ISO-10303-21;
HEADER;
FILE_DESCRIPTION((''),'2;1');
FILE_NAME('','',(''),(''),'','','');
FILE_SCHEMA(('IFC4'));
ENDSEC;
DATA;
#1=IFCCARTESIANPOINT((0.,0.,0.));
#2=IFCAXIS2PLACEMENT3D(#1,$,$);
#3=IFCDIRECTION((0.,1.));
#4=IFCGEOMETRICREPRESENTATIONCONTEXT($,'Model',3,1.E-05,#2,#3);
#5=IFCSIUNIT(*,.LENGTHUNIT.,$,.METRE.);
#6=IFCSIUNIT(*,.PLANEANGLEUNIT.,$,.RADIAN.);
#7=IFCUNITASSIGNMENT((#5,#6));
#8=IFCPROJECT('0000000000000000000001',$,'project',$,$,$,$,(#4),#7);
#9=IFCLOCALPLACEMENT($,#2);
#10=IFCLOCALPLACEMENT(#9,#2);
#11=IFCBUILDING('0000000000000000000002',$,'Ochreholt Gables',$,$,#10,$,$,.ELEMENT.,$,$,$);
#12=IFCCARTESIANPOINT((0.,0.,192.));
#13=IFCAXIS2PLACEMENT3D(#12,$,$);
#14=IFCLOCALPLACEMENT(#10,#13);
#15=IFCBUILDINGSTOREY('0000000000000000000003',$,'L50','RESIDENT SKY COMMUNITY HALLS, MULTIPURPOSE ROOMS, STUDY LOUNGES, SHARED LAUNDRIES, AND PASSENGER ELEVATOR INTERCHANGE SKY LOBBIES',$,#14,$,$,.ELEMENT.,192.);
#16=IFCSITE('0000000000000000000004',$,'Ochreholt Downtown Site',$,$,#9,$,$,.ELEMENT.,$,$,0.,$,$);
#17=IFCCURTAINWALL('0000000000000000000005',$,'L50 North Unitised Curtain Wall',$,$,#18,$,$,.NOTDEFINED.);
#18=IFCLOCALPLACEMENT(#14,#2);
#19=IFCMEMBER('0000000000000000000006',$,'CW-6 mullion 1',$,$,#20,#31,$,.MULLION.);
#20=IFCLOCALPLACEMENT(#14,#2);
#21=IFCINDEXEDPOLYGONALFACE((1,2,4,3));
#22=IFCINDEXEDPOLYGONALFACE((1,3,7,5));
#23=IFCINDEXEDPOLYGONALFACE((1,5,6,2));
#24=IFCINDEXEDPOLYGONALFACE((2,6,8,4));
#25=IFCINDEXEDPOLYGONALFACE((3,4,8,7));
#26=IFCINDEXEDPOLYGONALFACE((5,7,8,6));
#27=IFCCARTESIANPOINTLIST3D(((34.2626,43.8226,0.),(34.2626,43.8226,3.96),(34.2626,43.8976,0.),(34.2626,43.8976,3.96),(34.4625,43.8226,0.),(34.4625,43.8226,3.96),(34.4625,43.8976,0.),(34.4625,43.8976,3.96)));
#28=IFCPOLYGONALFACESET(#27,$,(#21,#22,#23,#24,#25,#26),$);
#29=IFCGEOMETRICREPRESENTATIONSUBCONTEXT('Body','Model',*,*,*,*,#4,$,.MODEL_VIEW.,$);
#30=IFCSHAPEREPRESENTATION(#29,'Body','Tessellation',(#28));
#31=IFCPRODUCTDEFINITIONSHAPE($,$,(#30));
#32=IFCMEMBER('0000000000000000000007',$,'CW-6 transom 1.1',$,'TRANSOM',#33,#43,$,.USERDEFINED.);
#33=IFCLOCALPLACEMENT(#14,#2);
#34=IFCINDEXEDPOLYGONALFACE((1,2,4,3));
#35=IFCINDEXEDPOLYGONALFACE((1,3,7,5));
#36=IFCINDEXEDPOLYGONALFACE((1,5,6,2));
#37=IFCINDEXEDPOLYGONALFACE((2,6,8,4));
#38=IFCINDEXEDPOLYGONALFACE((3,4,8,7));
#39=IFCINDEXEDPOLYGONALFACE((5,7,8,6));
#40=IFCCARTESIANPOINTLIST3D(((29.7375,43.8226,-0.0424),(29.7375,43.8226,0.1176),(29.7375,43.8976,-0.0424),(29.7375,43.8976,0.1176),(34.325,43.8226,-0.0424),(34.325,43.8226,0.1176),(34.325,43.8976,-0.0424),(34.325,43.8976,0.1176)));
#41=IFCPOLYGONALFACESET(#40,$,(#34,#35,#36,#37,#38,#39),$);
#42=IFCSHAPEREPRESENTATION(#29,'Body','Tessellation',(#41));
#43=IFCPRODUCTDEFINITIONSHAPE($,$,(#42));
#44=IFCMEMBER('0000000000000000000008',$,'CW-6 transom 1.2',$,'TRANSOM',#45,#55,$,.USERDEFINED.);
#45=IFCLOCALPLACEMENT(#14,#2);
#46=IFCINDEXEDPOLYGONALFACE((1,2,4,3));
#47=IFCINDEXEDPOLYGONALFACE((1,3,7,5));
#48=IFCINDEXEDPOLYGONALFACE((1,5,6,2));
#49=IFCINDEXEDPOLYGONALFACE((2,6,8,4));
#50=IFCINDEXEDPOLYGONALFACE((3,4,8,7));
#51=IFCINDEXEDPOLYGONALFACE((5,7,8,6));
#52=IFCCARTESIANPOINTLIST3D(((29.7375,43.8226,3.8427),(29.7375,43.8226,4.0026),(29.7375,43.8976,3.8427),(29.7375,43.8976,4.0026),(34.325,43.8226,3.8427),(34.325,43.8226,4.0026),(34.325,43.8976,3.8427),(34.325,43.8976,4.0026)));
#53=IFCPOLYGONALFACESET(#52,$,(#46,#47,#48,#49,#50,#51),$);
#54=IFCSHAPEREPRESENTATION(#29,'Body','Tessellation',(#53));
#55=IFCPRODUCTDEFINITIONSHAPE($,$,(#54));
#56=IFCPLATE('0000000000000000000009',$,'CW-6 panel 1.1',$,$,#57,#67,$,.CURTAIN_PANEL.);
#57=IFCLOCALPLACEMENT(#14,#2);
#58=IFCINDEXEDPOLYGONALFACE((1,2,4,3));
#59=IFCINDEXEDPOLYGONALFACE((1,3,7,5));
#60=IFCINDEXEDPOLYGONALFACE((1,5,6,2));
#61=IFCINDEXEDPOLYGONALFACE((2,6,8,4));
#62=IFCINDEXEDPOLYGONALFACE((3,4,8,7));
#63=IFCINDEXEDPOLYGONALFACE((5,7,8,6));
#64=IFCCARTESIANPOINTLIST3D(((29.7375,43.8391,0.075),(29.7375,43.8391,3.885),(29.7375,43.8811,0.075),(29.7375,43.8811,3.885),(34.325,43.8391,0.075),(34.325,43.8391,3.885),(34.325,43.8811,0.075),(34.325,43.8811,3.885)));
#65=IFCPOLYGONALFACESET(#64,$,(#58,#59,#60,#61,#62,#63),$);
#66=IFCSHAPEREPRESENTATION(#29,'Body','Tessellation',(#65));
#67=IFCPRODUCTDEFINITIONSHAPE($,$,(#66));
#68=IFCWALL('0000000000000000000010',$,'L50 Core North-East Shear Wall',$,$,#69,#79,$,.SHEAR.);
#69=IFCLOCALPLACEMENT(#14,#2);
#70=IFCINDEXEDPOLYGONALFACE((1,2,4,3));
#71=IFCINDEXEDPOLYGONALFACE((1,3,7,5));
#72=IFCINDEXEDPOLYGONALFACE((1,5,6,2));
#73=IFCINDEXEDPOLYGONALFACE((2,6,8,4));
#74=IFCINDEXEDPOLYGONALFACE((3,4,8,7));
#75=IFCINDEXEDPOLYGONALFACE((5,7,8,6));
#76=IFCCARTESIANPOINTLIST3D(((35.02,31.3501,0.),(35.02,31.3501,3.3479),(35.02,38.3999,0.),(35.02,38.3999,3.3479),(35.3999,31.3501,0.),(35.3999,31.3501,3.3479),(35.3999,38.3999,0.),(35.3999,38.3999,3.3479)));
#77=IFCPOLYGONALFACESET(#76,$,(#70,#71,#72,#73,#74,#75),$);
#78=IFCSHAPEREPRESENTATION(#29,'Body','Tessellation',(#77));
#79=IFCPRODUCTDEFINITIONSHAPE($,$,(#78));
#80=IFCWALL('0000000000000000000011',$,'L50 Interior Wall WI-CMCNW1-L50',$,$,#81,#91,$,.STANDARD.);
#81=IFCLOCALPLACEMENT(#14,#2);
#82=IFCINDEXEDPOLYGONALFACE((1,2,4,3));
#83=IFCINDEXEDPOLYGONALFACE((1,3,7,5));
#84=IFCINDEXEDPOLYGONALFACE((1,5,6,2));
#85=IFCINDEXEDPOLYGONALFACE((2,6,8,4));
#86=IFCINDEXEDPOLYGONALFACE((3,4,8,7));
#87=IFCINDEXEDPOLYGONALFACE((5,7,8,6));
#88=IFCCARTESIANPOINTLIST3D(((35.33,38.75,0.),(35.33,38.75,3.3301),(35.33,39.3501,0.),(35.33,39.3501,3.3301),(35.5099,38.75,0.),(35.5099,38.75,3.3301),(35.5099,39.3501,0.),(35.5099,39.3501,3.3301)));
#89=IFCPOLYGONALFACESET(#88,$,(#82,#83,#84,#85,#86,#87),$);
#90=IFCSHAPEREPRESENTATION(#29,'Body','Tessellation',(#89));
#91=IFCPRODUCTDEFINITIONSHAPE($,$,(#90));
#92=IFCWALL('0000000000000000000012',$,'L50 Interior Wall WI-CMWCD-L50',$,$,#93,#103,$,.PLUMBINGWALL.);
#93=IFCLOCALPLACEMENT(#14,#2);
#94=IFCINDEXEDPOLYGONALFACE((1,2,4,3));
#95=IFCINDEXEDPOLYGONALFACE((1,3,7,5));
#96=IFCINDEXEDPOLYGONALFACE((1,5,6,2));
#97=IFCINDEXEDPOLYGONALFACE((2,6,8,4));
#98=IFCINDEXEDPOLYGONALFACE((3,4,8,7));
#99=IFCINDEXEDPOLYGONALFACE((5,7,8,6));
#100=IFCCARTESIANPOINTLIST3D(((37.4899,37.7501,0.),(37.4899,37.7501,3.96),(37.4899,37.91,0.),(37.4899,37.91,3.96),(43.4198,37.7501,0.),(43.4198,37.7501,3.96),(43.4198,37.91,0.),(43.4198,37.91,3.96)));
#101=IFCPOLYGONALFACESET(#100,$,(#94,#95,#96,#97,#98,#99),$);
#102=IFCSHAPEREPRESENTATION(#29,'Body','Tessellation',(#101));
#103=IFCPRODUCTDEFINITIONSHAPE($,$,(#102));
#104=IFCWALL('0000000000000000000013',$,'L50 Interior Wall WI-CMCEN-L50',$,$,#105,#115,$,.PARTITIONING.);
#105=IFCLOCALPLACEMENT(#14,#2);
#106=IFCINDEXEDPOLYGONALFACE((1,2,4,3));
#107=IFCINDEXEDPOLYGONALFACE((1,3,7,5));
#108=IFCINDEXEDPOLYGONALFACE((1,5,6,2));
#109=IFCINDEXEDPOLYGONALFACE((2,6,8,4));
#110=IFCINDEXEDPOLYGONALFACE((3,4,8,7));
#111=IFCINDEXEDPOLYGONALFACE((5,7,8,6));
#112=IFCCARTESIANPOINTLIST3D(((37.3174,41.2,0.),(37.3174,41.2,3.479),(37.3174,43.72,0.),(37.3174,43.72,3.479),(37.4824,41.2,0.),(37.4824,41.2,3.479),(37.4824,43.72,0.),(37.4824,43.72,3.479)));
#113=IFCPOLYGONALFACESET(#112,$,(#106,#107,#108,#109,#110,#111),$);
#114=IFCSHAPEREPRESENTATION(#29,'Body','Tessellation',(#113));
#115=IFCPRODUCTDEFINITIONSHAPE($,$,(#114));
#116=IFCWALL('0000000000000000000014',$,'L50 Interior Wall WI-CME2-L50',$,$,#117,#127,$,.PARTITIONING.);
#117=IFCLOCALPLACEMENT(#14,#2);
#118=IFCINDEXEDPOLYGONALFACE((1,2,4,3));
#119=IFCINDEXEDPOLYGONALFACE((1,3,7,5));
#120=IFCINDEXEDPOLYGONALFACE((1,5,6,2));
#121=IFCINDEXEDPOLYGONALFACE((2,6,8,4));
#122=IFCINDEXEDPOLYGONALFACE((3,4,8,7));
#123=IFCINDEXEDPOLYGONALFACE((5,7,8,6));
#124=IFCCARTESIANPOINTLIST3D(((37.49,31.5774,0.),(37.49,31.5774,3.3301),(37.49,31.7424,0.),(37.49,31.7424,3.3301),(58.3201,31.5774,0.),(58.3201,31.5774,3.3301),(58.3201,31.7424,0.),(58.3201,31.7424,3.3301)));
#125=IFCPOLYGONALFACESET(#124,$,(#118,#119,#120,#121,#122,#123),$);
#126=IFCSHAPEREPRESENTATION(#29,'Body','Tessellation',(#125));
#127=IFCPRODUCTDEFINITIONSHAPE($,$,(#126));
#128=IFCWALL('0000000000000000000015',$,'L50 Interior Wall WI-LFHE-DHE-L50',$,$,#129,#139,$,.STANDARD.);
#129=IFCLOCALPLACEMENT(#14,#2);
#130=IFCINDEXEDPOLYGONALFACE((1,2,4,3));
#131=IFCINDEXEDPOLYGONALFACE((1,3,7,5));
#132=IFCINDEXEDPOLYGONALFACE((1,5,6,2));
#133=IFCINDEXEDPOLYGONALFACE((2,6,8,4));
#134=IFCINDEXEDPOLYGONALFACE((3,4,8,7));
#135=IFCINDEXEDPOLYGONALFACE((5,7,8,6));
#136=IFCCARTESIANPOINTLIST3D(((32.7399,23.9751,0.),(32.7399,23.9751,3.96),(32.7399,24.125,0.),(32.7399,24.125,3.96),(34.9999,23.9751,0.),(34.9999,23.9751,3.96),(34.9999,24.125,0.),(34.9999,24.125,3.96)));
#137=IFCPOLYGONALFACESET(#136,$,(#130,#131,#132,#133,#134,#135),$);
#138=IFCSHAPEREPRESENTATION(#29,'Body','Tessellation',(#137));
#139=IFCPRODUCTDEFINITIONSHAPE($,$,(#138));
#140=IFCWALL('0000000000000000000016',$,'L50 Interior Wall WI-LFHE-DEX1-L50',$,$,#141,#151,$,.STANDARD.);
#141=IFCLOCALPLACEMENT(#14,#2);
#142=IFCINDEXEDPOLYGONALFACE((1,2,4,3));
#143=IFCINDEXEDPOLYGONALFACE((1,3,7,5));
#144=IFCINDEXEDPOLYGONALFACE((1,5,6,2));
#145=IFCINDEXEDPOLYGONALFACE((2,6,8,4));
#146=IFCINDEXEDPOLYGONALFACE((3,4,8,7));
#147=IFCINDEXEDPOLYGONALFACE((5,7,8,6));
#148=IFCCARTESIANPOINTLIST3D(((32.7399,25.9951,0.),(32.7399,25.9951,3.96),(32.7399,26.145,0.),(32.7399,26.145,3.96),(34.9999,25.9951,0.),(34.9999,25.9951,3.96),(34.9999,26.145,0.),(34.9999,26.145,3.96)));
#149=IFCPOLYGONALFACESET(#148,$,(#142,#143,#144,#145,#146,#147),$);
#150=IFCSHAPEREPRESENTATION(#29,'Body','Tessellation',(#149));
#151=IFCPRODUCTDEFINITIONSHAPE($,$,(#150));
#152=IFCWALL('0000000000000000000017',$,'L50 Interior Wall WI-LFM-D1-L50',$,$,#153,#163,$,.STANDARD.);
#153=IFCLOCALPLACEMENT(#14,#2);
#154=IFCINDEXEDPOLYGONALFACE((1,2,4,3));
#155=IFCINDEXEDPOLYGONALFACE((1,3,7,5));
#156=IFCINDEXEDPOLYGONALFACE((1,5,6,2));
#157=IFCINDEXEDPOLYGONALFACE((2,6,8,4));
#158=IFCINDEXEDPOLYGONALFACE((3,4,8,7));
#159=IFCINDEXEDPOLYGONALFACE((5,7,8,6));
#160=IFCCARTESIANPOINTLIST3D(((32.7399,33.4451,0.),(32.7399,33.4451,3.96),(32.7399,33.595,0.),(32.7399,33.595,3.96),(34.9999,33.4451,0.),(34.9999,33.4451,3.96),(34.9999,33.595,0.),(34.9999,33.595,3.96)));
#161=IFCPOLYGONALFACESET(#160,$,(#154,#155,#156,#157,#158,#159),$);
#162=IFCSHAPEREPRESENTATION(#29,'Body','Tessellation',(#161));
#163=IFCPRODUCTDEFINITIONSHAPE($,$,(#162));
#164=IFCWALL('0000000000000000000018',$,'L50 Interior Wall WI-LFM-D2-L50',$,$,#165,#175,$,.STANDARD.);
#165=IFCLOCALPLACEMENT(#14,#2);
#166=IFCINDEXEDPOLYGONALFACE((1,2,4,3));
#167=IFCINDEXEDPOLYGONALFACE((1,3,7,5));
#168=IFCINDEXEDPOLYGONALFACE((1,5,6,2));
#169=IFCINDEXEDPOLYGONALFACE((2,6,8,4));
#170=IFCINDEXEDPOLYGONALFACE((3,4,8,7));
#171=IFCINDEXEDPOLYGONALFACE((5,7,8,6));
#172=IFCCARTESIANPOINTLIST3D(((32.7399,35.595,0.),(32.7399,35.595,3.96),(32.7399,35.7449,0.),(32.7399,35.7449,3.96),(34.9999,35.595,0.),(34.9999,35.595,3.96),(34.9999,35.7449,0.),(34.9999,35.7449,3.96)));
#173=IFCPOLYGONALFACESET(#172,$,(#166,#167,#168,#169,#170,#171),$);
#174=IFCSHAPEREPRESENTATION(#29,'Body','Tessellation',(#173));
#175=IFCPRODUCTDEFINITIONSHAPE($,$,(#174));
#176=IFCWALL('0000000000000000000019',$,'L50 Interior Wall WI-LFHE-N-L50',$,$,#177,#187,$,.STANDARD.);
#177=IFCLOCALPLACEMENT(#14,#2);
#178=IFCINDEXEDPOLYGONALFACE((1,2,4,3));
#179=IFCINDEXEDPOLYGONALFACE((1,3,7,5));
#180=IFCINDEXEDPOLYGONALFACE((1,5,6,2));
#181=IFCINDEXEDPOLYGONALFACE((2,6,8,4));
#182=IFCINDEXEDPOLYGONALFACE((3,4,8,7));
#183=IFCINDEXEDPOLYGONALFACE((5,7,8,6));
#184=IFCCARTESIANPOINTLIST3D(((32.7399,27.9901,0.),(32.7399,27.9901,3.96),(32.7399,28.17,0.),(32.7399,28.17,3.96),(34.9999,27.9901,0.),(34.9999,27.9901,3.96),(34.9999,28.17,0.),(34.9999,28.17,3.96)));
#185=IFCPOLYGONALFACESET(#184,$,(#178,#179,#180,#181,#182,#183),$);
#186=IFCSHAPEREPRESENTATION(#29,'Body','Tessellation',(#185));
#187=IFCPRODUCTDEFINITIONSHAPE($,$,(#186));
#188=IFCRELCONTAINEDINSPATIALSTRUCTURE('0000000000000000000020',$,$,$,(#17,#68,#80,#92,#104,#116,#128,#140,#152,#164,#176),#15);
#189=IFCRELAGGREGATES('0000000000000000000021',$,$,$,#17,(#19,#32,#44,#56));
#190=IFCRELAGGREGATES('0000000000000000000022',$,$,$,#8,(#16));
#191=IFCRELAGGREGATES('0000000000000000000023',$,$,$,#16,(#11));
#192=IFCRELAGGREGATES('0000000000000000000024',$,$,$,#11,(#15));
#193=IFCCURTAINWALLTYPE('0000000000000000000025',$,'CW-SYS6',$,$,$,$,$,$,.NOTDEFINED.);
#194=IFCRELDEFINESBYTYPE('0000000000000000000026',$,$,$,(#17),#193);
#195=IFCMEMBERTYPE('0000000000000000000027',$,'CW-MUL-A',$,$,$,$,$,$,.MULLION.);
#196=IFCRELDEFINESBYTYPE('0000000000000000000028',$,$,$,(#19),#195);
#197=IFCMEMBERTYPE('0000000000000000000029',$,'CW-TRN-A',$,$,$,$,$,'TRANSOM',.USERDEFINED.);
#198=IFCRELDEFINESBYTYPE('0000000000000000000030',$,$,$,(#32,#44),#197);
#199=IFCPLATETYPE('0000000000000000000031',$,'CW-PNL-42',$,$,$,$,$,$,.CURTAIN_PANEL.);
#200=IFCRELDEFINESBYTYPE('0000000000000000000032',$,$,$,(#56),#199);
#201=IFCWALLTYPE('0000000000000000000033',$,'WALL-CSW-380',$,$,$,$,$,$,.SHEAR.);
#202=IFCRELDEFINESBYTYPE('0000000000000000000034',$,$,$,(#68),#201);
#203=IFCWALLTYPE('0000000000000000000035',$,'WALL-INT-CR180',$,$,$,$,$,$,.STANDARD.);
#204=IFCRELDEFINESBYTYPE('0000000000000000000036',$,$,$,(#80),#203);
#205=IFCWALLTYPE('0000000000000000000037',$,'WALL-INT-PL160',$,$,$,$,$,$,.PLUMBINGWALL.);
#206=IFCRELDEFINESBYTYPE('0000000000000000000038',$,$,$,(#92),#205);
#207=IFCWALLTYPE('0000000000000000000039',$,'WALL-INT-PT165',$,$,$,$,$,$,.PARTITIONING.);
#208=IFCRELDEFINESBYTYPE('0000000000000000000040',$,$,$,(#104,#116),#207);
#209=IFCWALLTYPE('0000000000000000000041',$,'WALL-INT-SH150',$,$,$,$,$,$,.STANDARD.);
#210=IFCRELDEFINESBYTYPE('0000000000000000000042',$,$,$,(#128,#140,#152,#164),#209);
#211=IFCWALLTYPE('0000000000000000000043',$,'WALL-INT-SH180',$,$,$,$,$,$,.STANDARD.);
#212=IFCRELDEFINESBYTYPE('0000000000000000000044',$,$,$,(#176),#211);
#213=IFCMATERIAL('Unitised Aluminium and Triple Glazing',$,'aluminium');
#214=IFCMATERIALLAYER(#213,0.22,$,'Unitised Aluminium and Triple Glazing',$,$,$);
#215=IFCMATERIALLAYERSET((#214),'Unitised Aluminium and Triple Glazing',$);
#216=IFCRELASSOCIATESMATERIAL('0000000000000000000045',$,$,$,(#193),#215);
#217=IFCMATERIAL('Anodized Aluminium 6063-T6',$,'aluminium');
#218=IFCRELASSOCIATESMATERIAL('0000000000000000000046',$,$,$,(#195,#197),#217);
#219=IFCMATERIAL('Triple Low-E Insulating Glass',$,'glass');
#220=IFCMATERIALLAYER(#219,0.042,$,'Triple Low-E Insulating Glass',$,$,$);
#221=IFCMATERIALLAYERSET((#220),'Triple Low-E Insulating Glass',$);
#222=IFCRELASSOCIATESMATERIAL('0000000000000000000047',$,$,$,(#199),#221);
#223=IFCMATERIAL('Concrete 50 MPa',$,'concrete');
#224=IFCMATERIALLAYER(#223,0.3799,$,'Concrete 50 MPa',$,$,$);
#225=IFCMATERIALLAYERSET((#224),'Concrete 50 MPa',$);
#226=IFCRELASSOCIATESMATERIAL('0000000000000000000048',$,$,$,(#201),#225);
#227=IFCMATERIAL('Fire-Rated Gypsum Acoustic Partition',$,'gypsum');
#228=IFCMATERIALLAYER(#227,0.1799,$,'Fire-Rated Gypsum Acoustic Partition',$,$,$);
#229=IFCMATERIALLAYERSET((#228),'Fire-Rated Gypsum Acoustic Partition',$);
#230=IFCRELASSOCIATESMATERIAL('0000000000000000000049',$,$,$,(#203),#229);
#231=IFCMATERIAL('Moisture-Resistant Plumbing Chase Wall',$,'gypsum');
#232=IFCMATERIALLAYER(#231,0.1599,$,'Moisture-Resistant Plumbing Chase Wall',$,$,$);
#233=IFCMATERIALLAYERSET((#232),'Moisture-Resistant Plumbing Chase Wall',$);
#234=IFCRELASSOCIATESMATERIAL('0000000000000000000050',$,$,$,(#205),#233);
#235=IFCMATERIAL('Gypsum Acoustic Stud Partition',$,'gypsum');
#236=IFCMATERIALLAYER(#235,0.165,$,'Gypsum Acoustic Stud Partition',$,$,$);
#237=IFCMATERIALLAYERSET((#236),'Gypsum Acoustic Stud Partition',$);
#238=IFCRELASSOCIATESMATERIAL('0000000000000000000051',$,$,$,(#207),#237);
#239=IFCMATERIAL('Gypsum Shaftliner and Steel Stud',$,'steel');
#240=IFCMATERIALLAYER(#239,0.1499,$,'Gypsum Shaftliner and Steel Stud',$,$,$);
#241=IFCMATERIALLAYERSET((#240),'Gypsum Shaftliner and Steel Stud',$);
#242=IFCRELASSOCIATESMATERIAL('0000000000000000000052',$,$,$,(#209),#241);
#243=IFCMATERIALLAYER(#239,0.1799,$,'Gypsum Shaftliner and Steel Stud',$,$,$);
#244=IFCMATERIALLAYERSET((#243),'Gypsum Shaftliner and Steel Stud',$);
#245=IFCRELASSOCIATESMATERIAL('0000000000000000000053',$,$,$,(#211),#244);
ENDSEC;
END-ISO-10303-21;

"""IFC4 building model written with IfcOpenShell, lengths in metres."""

from ifc_helpers import new_model, si_unit, direction, frame, frame_2d, origin, origin_2d, place, context, subcontext, project, spatial, rectangle, extrude, material, layer, layer_set, material_profile, profile_set, type_object, element, aggregate, save


model = new_model("IFC4")

# Units and contexts
model_context = context("Model", 3, precision=1e-05, world=origin(), true_north=direction((0.0, 1.0)))
body_context = subcontext(model_context, "Body", "Model", "MODEL_VIEW")
ifc_project = project(units=[si_unit("LENGTHUNIT", "METRE"), si_unit("PLANEANGLEUNIT", "RADIAN")], contexts=[model_context])

# Site, building, storey
site_placement = place(None, origin())
site = spatial("IfcSite", under=ifc_project, at=site_placement, Name="Ochreholt Downtown Site", CompositionType="ELEMENT", RefElevation=0.0)
building_placement = place(site_placement, origin())
building = spatial("IfcBuilding", under=site, at=building_placement, Name="Ochreholt Gables", CompositionType="ELEMENT")
storey_placement = place(building_placement, frame((0.0, 0.0, 192.0)))
storey = spatial("IfcBuildingStorey", under=building, at=storey_placement, Name="L50", Description="RESIDENT SKY COMMUNITY HALLS, MULTIPURPOSE ROOMS, STUDY LOUNGES, SHARED LAUNDRIES, AND PASSENGER ELEVATOR INTERCHANGE SKY LOBBIES", CompositionType="ELEMENT", Elevation=192.0)

# Shared definitions
ifc_material_1 = material(Name="Concrete 50 MPa", Category="concrete")

# Curtain wall, members, plate
ifc_material_2 = material(Name="Unitised Aluminium and Triple Glazing", Category="aluminium")
ifc_layer_1 = layer(ifc_material_2, 0.22, Name="Unitised Aluminium and Triple Glazing")
ifc_layer_set_1 = layer_set([ifc_layer_1], Name="Unitised Aluminium and Triple Glazing")
curtain_wall_type = type_object("IfcCurtainWallType", Name="CW-SYS6", PredefinedType="NOTDEFINED", material=ifc_layer_set_1)
curtain_wall_placement = place(storey_placement, origin())
curtain_wall = element("IfcCurtainWall", 1, at=curtain_wall_placement, inside=storey, type_object=curtain_wall_type, Name="L50 North Unitised Curtain Wall", PredefinedType="NOTDEFINED")
ifc_material_3 = material(Name="Anodized Aluminium 6063-T6", Category="aluminium")
ifc_material_profile_1 = material_profile(ifc_material_3, rectangle(XDim=0.075, YDim=0.2, at=origin_2d()), Name="CWM75X200")
ifc_profile_set_1 = profile_set([ifc_material_profile_1], Name="Anodized Aluminium 6063-T6")
member_type_1 = type_object("IfcMemberType", Name="CW-MUL-A", PredefinedType="MULLION", material=ifc_profile_set_1)
member_1_placement = place(storey_placement, frame((34.3625, 43.8601, 0.0), z_axis=(0.0, 0.0, 1.0), x_axis=(0.0, -1.0, 0.0)))
member_1 = element("IfcMember", 2, at=member_1_placement, type_object=member_type_1, Name="CW-6 mullion 1", PredefinedType="MULLION", context=body_context, shape_type="SweptSolid", body=[
    extrude(rectangle(XDim=0.075, YDim=0.2, at=origin_2d()), origin(), (0.0, 0.0, 1.0), 3.96),
])
ifc_material_profile_2 = material_profile(ifc_material_3, rectangle(XDim=0.075, YDim=0.1599, at=origin_2d()), Name="CWT75X160")
ifc_profile_set_2 = profile_set([ifc_material_profile_2], Name="Anodized Aluminium 6063-T6")
member_type_2 = type_object("IfcMemberType", Name="CW-TRN-A", ElementType="TRANSOM", PredefinedType="USERDEFINED", material=ifc_profile_set_2)
member_2_placement = place(storey_placement, frame((34.325, 43.8601, 0.0376), z_axis=(-1.0, 0.0, 0.0), x_axis=(0.0, -1.0, 0.0)))
member_2 = element("IfcMember", 3, at=member_2_placement, type_object=member_type_2, Name="CW-6 transom 1.1", ObjectType="TRANSOM", PredefinedType="USERDEFINED", context=body_context, shape_type="SweptSolid", body=[
    extrude(rectangle(XDim=0.075, YDim=0.1599, at=origin_2d()), origin(), (0.0, 0.0, 1.0), 4.5874),
])
member_3_placement = place(storey_placement, frame((34.325, 43.8601, 3.9226), z_axis=(-1.0, 0.0, 0.0), x_axis=(0.0, -1.0, 0.0)))
member_3 = element("IfcMember", 4, at=member_3_placement, type_object=member_type_2, Name="CW-6 transom 1.2", ObjectType="TRANSOM", PredefinedType="USERDEFINED", context=body_context, shape_type="SweptSolid", body=[
    extrude(rectangle(XDim=0.075, YDim=0.1599, at=origin_2d()), origin(), (0.0, 0.0, 1.0), 4.5874),
])
ifc_material_4 = material(Name="Triple Low-E Insulating Glass", Category="glass")
ifc_layer_2 = layer(ifc_material_4, 0.042, Name="Triple Low-E Insulating Glass")
ifc_layer_set_2 = layer_set([ifc_layer_2], Name="Triple Low-E Insulating Glass")
plate_type = type_object("IfcPlateType", Name="CW-PNL-42", PredefinedType="CURTAIN_PANEL", material=ifc_layer_set_2)
plate_placement = place(storey_placement, frame((32.0312, 43.8601, 0.075), z_axis=(0.0, 0.0, 1.0), x_axis=(-1.0, 0.0, 0.0)))
plate = element("IfcPlate", 5, at=plate_placement, type_object=plate_type, Name="CW-6 panel 1.1", PredefinedType="CURTAIN_PANEL", context=body_context, shape_type="SweptSolid", body=[
    extrude(rectangle(XDim=4.5874, YDim=0.042, at=origin_2d()), origin(), (0.0, 0.0, 1.0), 3.8101),
])
aggregate(curtain_wall, [member_1, member_2, member_3, plate])

# Walls
ifc_layer_3 = layer(ifc_material_1, 0.3799, Name="Concrete 50 MPa")
ifc_layer_set_3 = layer_set([ifc_layer_3], Name="Concrete 50 MPa")
wall_type_1 = type_object("IfcWallType", Name="WALL-CSW-380", PredefinedType="SHEAR", material=ifc_layer_set_3)
wall_1_placement = place(storey_placement, frame((35.21, 31.3501, 0.0), z_axis=(0.0, 0.0, 1.0), x_axis=(0.0, 1.0, 0.0)))
element("IfcWall", 6, at=wall_1_placement, inside=storey, type_object=wall_type_1, Name="L50 Core North-East Shear Wall", PredefinedType="SHEAR", context=body_context, shape_type="SweptSolid", body=[
    extrude(rectangle(XDim=7.0498, YDim=0.3799, at=frame_2d((3.5249, 0.0))), origin(), (0.0, 0.0, 1.0), 3.3479),
])
ifc_material_5 = material(Name="Fire-Rated Gypsum Acoustic Partition", Category="gypsum")
ifc_layer_4 = layer(ifc_material_5, 0.1799, Name="Fire-Rated Gypsum Acoustic Partition")
ifc_layer_set_4 = layer_set([ifc_layer_4], Name="Fire-Rated Gypsum Acoustic Partition")
wall_type_2 = type_object("IfcWallType", Name="WALL-INT-CR180", PredefinedType="STANDARD", material=ifc_layer_set_4)
wall_2_placement = place(storey_placement, frame((35.4199, 38.75, 0.0), z_axis=(0.0, 0.0, 1.0), x_axis=(0.0, 1.0, 0.0)))
element("IfcWall", 7, at=wall_2_placement, inside=storey, type_object=wall_type_2, Name="L50 Interior Wall WI-CMCNW1-L50", PredefinedType="STANDARD", context=body_context, shape_type="SweptSolid", body=[
    extrude(rectangle(XDim=0.6001, YDim=0.1799, at=frame_2d((0.3, 0.0))), origin(), (0.0, 0.0, 1.0), 3.3301),
])
ifc_material_6 = material(Name="Moisture-Resistant Plumbing Chase Wall", Category="gypsum")
ifc_layer_5 = layer(ifc_material_6, 0.1599, Name="Moisture-Resistant Plumbing Chase Wall")
ifc_layer_set_5 = layer_set([ifc_layer_5], Name="Moisture-Resistant Plumbing Chase Wall")
wall_type_3 = type_object("IfcWallType", Name="WALL-INT-PL160", PredefinedType="PLUMBINGWALL", material=ifc_layer_set_5)
wall_3_placement = place(storey_placement, frame((37.49, 37.8301, 0.0), z_axis=(0.0, 0.0, 1.0), x_axis=(1.0, 0.0, 0.0)))
element("IfcWall", 8, at=wall_3_placement, inside=storey, type_object=wall_type_3, Name="L50 Interior Wall WI-CMWCD-L50", PredefinedType="PLUMBINGWALL", context=body_context, shape_type="SweptSolid", body=[
    extrude(rectangle(XDim=5.9299, YDim=0.1599, at=frame_2d((2.9648, 0.0))), origin(), (0.0, 0.0, 1.0), 3.96),
])
ifc_material_7 = material(Name="Gypsum Acoustic Stud Partition", Category="gypsum")
ifc_layer_6 = layer(ifc_material_7, 0.165, Name="Gypsum Acoustic Stud Partition")
ifc_layer_set_6 = layer_set([ifc_layer_6], Name="Gypsum Acoustic Stud Partition")
wall_type_4 = type_object("IfcWallType", Name="WALL-INT-PT165", PredefinedType="PARTITIONING", material=ifc_layer_set_6)
wall_4_placement = place(storey_placement, frame((37.3999, 41.2, 0.0), z_axis=(0.0, 0.0, 1.0), x_axis=(0.0, 1.0, 0.0)))
element("IfcWall", 9, at=wall_4_placement, inside=storey, type_object=wall_type_4, Name="L50 Interior Wall WI-CMCEN-L50", PredefinedType="PARTITIONING", context=body_context, shape_type="SweptSolid", body=[
    extrude(rectangle(XDim=2.52, YDim=0.165, at=frame_2d((1.26, 0.0))), origin(), (0.0, 0.0, 1.0), 3.479),
])
wall_5_placement = place(storey_placement, frame((37.49, 31.6599, 0.0), z_axis=(0.0, 0.0, 1.0), x_axis=(1.0, 0.0, 0.0)))
element("IfcWall", 10, at=wall_5_placement, inside=storey, type_object=wall_type_4, Name="L50 Interior Wall WI-CME2-L50", PredefinedType="PARTITIONING", context=body_context, shape_type="SweptSolid", body=[
    extrude(rectangle(XDim=20.8301, YDim=0.165, at=frame_2d((10.415, 0.0))), origin(), (0.0, 0.0, 1.0), 3.3301),
])
ifc_material_8 = material(Name="Gypsum Shaftliner and Steel Stud", Category="steel")
ifc_layer_7 = layer(ifc_material_8, 0.1499, Name="Gypsum Shaftliner and Steel Stud")
ifc_layer_set_7 = layer_set([ifc_layer_7], Name="Gypsum Shaftliner and Steel Stud")
wall_type_5 = type_object("IfcWallType", Name="WALL-INT-SH150", PredefinedType="STANDARD", material=ifc_layer_set_7)
for number, where, z_axis, x_axis, name in (
    (11, (32.74, 24.05, 0.0), (0.0, 0.0, 1.0), (1.0, 0.0, 0.0), "L50 Interior Wall WI-LFHE-DHE-L50"),
    (12, (32.74, 26.0701, 0.0), (0.0, 0.0, 1.0), (1.0, 0.0, 0.0), "L50 Interior Wall WI-LFHE-DEX1-L50"),
    (13, (32.74, 33.52, 0.0), (0.0, 0.0, 1.0), (1.0, 0.0, 0.0), "L50 Interior Wall WI-LFM-D1-L50"),
    (14, (32.74, 35.6699, 0.0), (0.0, 0.0, 1.0), (1.0, 0.0, 0.0), "L50 Interior Wall WI-LFM-D2-L50"),
):
    element("IfcWall", number, at=place(storey_placement, frame(where, z_axis=z_axis, x_axis=x_axis)), inside=storey, type_object=wall_type_5, Name=name, PredefinedType="STANDARD", context=body_context, shape_type="SweptSolid", body=[
        extrude(rectangle(XDim=2.26, YDim=0.1499, at=frame_2d((1.1299, 0.0))), origin(), (0.0, 0.0, 1.0), 3.96),
    ])
ifc_layer_8 = layer(ifc_material_8, 0.1799, Name="Gypsum Shaftliner and Steel Stud")
ifc_layer_set_8 = layer_set([ifc_layer_8], Name="Gypsum Shaftliner and Steel Stud")
wall_type_6 = type_object("IfcWallType", Name="WALL-INT-SH180", PredefinedType="STANDARD", material=ifc_layer_set_8)
wall_6_placement = place(storey_placement, frame((32.74, 28.0801, 0.0), z_axis=(0.0, 0.0, 1.0), x_axis=(1.0, 0.0, 0.0)))
element("IfcWall", 15, at=wall_6_placement, inside=storey, type_object=wall_type_6, Name="L50 Interior Wall WI-LFHE-N-L50", PredefinedType="STANDARD", context=body_context, shape_type="SweptSolid", body=[
    extrude(rectangle(XDim=2.26, YDim=0.1799, at=frame_2d((1.1299, 0.0))), origin(), (0.0, 0.0, 1.0), 3.96),
])

save(model, "model.ifc")
